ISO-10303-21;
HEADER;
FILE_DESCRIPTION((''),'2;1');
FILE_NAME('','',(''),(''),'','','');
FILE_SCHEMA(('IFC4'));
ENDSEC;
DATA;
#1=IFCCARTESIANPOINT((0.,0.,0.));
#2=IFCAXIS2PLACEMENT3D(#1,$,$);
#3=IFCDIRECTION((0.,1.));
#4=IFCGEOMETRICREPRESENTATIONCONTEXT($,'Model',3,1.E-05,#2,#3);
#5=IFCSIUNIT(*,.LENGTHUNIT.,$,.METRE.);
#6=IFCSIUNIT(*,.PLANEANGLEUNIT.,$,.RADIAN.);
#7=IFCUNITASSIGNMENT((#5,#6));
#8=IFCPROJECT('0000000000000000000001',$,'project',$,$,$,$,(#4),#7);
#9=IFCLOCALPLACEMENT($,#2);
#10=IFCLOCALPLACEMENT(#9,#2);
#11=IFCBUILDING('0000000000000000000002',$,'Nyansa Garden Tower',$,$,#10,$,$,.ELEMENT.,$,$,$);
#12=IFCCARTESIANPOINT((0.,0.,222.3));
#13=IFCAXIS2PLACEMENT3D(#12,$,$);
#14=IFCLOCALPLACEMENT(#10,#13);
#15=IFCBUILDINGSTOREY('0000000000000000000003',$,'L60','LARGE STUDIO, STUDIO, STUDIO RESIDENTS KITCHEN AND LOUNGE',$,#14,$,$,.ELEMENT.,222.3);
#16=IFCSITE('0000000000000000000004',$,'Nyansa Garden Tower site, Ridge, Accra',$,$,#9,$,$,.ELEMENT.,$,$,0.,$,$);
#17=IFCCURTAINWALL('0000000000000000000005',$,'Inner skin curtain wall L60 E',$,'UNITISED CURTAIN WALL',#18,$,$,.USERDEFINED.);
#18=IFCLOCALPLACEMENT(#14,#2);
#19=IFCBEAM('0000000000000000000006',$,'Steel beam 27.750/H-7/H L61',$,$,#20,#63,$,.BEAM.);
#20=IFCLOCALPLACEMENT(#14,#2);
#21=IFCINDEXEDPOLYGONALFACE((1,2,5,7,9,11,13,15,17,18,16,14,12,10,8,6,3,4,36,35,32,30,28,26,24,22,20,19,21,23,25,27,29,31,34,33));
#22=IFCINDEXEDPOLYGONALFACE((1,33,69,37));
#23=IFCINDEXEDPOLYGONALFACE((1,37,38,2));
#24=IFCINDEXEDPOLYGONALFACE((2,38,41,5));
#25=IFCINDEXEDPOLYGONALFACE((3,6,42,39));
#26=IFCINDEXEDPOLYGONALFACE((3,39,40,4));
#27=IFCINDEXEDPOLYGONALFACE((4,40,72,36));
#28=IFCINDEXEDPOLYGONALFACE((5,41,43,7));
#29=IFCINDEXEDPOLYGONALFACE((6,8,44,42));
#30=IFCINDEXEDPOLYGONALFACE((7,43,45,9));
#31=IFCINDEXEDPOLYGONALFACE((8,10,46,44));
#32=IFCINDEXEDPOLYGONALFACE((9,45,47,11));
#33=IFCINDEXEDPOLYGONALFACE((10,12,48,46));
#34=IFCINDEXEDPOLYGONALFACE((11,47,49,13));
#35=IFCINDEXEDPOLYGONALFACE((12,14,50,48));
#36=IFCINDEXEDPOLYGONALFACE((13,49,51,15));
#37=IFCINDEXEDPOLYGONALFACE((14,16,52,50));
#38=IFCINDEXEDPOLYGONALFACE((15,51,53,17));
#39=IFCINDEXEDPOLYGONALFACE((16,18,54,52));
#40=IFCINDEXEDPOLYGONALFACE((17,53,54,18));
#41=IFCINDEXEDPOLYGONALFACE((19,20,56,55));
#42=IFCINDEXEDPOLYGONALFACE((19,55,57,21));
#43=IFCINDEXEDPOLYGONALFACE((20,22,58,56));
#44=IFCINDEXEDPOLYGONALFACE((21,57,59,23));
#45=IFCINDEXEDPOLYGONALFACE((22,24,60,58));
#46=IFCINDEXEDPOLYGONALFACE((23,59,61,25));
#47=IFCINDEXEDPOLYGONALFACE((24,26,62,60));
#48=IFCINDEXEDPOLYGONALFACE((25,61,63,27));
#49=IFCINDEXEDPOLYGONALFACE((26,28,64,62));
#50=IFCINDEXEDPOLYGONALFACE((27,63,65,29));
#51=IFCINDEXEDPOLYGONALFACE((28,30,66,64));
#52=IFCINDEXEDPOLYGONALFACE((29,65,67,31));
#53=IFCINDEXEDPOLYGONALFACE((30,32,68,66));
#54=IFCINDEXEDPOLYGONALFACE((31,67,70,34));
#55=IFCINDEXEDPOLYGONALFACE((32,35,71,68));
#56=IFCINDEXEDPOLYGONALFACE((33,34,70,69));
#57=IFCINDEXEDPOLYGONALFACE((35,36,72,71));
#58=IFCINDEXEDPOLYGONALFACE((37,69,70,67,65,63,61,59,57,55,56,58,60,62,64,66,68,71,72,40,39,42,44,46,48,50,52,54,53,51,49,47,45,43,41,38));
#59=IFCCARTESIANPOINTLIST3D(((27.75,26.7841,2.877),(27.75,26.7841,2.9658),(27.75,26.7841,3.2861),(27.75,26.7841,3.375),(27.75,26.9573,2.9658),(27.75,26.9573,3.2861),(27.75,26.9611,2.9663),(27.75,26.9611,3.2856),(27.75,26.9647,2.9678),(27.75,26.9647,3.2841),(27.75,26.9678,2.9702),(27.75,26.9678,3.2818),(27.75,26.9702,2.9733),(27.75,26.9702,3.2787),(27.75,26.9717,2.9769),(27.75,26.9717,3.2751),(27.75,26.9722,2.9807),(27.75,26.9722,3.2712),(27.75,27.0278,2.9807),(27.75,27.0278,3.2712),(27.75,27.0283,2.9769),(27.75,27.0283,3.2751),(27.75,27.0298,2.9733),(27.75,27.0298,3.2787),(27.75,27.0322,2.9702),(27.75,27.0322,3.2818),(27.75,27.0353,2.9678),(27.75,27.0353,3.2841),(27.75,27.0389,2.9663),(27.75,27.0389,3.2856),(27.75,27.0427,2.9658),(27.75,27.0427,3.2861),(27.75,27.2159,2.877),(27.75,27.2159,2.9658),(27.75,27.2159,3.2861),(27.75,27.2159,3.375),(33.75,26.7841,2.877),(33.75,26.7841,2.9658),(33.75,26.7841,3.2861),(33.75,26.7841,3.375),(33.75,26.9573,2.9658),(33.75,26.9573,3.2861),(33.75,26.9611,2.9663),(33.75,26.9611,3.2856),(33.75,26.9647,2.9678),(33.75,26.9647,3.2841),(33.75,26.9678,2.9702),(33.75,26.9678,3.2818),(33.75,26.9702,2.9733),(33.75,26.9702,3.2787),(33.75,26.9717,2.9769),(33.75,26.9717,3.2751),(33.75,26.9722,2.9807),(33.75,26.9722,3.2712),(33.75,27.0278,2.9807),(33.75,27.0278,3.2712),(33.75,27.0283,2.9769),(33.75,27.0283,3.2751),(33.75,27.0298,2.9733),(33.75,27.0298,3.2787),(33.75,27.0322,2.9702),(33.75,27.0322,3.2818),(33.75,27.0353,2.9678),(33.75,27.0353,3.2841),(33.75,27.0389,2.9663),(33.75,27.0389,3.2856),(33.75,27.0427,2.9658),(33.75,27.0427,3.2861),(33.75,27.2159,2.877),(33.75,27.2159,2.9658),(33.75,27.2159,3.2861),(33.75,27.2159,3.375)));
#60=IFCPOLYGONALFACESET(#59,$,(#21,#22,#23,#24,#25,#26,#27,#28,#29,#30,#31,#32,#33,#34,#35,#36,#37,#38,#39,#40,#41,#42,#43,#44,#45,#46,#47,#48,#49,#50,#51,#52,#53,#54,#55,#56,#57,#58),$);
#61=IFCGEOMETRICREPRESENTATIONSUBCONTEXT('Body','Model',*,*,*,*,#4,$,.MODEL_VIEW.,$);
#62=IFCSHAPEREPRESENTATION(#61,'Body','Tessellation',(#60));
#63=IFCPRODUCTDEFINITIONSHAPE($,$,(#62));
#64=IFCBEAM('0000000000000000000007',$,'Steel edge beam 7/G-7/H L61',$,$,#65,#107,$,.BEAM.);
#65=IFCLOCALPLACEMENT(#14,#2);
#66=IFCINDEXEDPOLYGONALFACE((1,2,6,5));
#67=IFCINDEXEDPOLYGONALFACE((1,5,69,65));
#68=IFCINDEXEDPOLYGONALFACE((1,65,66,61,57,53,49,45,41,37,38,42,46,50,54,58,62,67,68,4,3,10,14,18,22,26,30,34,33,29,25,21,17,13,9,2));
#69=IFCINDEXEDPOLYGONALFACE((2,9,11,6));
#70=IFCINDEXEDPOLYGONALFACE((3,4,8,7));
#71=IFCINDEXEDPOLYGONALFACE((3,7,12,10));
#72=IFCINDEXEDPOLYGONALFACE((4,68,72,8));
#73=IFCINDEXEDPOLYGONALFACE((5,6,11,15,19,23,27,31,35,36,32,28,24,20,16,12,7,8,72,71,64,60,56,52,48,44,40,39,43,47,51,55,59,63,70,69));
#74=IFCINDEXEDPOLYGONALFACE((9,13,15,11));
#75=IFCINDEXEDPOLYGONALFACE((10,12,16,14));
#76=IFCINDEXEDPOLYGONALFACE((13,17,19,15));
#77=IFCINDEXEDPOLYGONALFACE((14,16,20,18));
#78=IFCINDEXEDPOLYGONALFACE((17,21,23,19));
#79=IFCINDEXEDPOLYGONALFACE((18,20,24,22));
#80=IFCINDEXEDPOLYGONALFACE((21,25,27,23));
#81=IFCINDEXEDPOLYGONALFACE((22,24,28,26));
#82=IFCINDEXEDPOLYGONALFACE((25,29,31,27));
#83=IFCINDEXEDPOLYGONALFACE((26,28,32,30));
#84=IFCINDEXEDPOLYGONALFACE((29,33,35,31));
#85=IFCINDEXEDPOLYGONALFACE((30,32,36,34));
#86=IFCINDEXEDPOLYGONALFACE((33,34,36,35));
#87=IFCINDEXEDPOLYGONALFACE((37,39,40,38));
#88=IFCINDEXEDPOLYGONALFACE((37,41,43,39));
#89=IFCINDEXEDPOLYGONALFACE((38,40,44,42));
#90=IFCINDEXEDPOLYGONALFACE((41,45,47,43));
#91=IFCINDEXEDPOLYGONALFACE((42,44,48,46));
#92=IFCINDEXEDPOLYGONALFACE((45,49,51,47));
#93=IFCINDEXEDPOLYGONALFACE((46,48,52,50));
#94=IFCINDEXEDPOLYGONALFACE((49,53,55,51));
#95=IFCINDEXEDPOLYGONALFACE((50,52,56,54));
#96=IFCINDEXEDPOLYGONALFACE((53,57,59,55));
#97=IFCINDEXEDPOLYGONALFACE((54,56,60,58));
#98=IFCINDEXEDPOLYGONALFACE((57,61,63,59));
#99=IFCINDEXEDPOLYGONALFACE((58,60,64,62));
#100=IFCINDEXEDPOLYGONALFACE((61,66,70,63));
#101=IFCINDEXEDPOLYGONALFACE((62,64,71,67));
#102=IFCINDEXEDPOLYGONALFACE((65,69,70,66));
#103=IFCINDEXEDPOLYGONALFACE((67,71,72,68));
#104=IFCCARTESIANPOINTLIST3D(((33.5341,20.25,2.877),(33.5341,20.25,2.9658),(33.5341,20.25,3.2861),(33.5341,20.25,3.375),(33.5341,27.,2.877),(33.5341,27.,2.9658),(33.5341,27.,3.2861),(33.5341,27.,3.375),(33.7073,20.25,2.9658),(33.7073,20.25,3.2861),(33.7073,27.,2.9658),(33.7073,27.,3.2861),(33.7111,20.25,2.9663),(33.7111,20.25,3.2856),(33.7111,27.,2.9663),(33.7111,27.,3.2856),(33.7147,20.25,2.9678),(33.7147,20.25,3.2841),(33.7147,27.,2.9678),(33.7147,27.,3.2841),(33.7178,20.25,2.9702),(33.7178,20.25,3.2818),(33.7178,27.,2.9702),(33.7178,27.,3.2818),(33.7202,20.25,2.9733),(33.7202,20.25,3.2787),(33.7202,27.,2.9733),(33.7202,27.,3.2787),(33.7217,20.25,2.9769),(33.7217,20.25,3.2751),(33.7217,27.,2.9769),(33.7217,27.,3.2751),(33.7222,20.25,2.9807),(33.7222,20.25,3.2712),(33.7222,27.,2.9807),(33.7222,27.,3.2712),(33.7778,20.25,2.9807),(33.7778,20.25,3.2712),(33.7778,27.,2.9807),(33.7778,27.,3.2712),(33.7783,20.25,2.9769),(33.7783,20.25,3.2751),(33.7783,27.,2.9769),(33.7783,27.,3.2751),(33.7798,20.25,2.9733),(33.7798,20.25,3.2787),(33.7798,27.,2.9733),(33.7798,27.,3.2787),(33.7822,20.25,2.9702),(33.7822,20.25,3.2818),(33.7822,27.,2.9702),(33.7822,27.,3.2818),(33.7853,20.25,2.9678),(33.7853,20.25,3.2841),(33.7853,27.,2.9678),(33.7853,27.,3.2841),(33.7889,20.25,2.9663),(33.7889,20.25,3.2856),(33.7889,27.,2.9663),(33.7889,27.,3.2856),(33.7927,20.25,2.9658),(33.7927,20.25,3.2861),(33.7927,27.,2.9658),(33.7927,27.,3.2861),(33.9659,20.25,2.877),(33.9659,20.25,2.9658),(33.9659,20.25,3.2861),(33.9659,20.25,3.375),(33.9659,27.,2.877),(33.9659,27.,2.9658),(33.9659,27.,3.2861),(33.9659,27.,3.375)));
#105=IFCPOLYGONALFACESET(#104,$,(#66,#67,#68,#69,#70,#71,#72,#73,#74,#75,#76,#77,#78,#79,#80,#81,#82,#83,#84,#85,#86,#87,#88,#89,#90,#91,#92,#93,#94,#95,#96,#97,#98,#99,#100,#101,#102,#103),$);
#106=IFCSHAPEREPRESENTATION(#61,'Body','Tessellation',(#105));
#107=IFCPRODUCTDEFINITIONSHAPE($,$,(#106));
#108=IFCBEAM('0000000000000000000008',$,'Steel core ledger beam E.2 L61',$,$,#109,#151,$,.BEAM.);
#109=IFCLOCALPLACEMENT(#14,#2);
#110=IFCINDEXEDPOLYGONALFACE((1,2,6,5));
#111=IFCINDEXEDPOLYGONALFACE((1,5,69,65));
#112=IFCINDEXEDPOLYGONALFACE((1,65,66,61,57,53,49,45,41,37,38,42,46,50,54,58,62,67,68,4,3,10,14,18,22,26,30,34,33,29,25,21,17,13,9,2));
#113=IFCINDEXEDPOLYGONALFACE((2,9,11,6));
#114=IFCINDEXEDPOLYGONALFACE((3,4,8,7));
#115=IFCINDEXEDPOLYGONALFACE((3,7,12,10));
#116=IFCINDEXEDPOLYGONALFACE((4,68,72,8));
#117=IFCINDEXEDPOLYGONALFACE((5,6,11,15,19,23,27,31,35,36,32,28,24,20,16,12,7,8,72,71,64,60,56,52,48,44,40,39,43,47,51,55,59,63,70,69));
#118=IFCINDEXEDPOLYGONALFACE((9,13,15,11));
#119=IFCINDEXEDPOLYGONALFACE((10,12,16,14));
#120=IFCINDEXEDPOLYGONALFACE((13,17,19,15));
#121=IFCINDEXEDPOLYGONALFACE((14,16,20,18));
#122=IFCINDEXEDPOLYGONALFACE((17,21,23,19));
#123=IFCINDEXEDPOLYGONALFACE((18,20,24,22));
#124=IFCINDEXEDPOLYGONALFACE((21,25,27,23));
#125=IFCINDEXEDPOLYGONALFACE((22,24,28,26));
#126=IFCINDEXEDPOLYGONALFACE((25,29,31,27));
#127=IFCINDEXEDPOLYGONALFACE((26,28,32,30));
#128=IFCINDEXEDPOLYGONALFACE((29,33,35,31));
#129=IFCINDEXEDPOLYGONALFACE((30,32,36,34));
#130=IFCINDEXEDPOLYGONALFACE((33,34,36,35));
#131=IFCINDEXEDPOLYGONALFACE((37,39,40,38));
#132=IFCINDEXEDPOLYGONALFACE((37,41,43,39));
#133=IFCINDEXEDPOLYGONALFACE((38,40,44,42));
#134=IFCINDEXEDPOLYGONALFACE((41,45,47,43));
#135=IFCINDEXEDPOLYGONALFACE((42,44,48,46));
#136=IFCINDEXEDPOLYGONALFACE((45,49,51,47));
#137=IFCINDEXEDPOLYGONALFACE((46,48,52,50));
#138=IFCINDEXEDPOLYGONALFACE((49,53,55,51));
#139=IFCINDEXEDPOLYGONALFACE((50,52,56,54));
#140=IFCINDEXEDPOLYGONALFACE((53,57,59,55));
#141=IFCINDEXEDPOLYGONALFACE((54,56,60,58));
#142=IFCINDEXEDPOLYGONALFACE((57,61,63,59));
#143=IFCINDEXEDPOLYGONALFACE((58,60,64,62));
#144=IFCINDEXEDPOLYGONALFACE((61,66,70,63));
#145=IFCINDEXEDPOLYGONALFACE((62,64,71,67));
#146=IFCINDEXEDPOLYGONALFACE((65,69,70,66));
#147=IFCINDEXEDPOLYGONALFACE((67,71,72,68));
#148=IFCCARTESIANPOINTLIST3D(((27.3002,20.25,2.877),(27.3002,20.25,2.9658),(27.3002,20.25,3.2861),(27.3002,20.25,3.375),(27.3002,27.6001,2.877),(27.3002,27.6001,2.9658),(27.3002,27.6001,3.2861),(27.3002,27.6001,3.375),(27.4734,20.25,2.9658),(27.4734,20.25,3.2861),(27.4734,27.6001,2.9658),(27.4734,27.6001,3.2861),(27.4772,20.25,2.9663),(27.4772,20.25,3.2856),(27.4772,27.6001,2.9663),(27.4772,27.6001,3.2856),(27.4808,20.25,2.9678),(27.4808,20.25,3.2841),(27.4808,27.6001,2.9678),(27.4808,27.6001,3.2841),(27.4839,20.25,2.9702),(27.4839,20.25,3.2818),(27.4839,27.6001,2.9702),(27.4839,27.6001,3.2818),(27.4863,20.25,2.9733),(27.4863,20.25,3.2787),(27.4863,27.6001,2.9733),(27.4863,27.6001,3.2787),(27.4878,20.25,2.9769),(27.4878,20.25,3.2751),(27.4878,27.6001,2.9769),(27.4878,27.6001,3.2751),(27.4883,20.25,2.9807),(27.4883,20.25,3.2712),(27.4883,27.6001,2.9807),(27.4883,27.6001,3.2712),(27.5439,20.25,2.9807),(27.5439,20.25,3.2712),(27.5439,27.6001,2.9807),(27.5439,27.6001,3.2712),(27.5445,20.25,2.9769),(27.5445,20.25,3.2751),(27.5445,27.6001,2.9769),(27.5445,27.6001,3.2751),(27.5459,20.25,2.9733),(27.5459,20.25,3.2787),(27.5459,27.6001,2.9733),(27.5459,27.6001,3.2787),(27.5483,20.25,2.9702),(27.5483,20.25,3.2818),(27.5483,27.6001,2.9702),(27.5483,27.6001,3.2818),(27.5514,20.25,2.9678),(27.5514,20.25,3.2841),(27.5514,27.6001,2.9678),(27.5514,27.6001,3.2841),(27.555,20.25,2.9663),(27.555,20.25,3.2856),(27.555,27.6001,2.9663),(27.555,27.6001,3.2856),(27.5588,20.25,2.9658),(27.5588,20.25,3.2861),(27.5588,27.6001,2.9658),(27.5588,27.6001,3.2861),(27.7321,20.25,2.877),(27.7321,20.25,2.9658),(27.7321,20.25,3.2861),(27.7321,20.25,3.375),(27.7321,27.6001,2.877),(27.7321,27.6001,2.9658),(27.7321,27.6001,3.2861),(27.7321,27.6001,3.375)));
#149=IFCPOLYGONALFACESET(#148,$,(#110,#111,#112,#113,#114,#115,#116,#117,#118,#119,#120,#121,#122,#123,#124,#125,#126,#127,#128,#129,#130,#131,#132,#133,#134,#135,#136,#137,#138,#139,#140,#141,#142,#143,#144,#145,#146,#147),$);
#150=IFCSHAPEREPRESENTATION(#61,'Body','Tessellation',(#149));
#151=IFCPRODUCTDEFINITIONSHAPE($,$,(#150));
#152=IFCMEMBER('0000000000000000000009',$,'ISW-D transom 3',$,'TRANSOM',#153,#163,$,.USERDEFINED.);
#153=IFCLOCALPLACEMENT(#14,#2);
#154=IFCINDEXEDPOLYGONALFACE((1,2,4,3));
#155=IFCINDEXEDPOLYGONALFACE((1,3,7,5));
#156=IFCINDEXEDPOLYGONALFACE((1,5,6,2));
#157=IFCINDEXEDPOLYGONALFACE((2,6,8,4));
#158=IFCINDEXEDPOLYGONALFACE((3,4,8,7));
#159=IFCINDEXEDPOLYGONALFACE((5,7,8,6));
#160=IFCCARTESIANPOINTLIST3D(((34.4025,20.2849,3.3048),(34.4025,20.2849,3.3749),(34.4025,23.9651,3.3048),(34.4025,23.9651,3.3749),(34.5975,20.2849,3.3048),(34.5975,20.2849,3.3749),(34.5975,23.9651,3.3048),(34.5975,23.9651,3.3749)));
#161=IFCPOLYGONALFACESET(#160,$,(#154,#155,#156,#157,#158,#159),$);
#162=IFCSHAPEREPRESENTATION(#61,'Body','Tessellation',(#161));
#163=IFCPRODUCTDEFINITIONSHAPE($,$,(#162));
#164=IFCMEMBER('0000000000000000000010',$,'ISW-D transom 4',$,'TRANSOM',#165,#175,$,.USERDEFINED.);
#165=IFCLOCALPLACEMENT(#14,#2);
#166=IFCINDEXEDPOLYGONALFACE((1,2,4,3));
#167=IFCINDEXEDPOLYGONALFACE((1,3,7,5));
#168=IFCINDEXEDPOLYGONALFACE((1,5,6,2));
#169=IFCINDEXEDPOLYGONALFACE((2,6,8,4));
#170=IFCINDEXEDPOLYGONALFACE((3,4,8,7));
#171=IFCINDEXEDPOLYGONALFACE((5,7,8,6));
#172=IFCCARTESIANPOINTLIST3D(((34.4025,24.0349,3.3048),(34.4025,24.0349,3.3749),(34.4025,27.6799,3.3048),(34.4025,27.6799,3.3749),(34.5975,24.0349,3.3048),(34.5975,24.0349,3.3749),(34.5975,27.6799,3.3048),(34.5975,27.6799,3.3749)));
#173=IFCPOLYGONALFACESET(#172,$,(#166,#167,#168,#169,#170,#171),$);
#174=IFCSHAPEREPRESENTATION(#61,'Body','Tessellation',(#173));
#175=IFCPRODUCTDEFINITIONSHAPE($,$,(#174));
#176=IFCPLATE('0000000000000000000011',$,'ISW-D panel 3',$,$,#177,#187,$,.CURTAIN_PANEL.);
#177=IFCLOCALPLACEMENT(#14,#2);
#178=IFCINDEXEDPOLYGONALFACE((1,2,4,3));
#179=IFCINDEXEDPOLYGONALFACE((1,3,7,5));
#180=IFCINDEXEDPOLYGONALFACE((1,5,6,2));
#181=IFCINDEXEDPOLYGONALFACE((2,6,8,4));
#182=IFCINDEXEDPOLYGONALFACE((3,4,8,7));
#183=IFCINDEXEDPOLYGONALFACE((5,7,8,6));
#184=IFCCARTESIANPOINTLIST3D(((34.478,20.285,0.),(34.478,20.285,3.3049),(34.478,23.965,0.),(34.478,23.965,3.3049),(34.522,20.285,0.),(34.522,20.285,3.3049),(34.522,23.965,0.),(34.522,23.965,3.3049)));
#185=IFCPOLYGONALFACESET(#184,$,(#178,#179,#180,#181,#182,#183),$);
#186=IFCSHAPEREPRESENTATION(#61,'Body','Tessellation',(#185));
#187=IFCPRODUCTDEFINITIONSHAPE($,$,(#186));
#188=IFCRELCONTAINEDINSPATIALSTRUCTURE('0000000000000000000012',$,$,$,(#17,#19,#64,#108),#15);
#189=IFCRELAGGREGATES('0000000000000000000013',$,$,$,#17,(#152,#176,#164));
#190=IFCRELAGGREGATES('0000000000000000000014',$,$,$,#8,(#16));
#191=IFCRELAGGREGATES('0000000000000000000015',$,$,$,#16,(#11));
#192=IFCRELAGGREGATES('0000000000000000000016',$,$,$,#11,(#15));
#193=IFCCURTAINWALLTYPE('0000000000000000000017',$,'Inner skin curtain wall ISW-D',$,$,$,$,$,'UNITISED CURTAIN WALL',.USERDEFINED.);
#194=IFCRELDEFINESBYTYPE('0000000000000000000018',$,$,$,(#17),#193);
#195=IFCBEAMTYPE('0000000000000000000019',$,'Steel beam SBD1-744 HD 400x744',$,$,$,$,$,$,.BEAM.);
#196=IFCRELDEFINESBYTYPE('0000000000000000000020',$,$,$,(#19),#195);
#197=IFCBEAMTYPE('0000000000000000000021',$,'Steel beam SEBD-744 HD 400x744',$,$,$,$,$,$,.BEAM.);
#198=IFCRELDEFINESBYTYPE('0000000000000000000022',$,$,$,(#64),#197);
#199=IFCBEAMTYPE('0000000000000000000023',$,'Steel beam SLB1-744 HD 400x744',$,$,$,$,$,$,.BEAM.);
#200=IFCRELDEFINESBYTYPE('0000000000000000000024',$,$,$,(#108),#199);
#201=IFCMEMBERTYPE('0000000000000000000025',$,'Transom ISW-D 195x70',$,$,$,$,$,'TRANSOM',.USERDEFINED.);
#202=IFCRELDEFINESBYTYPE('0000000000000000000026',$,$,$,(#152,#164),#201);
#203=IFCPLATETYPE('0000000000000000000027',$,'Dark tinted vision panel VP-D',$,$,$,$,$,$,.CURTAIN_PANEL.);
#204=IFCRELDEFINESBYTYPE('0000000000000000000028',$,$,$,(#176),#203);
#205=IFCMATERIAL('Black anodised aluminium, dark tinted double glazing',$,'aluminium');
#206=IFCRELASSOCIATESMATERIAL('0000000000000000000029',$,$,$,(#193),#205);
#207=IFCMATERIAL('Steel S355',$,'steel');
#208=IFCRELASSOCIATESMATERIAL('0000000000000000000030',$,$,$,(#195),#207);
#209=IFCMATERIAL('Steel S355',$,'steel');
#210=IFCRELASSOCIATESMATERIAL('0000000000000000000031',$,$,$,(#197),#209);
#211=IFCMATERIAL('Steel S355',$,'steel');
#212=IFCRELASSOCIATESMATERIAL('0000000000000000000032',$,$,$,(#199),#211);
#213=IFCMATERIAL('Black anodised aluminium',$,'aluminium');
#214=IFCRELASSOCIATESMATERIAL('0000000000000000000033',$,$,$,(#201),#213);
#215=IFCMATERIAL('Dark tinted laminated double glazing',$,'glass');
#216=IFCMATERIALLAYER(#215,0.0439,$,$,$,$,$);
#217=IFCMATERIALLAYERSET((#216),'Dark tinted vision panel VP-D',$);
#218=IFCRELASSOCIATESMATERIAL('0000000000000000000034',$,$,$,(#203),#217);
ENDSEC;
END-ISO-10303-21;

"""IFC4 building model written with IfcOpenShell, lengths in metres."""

from ifc_helpers import new_model, si_unit, direction, frame, origin, origin_2d, place, context, subcontext, project, spatial, rectangle, i_section, extrude, material, layer, layer_set, material_profile, profile_set, type_object, element, aggregate, save


model = new_model("IFC4")

# Units and contexts
model_context = context("Model", 3, precision=1e-05, world=origin(), true_north=direction((0.0, 1.0)))
body_context = subcontext(model_context, "Body", "Model", "MODEL_VIEW")
ifc_project = project(units=[si_unit("LENGTHUNIT", "METRE"), si_unit("PLANEANGLEUNIT", "RADIAN")], contexts=[model_context])

# Site, building, storey
site_placement = place(None, origin())
site = spatial("IfcSite", under=ifc_project, at=site_placement, Name="Nyansa Garden Tower site, Ridge, Accra", CompositionType="ELEMENT", RefElevation=0.0)
building_placement = place(site_placement, origin())
building = spatial("IfcBuilding", under=site, at=building_placement, Name="Nyansa Garden Tower", CompositionType="ELEMENT")
storey_placement = place(building_placement, frame((0.0, 0.0, 222.3)))
storey = spatial("IfcBuildingStorey", under=building, at=storey_placement, Name="L60", Description="LARGE STUDIO, STUDIO, STUDIO RESIDENTS KITCHEN AND LOUNGE", CompositionType="ELEMENT", Elevation=222.3)

# Curtain wall
ifc_material_1 = material(Name="Black anodised aluminium, dark tinted double glazing", Category="aluminium")
curtain_wall_type = type_object("IfcCurtainWallType", Name="Inner skin curtain wall ISW-D", ElementType="UNITISED CURTAIN WALL", PredefinedType="USERDEFINED", material=ifc_material_1)
curtain_wall_placement = place(storey_placement, origin())
curtain_wall = element("IfcCurtainWall", 1, at=curtain_wall_placement, inside=storey, type_object=curtain_wall_type, Name="Inner skin curtain wall L60 E", ObjectType="UNITISED CURTAIN WALL", PredefinedType="USERDEFINED")

# Beams
ifc_material_2 = material(Name="Steel S355", Category="steel")
ifc_material_profile_1 = material_profile(ifc_material_2, i_section(OverallWidth=0.4319, OverallDepth=0.498, WebThickness=0.0557, FlangeThickness=0.0889, FilletRadius=0.0149, at=origin_2d()), Name="HD 400x744")
ifc_profile_set_1 = profile_set([ifc_material_profile_1], Name="Steel S355")
beam_type_1 = type_object("IfcBeamType", Name="Steel beam SBD1-744 HD 400x744", PredefinedType="BEAM", material=ifc_profile_set_1)
for number, where, z_axis, x_axis, name in (
    (2, (27.75, 27.0, 3.126), (1.0, 0.0, 0.0), (0.0, 1.0, 0.0), "Steel beam 27.750/H-7/H L61"),
):
    element("IfcBeam", number, at=place(storey_placement, frame(where, z_axis=z_axis, x_axis=x_axis)), inside=storey, type_object=beam_type_1, Name=name, PredefinedType="BEAM", context=body_context, shape_type="SweptSolid", body=[
        extrude(i_section(OverallWidth=0.4319, OverallDepth=0.498, WebThickness=0.0557, FlangeThickness=0.0889, FilletRadius=0.0149, at=origin_2d()), origin(), (0.0, 0.0, 1.0), 6.0),
    ])
ifc_material_3 = material(Name="Steel S355", Category="steel")
ifc_material_profile_2 = material_profile(ifc_material_3, i_section(OverallWidth=0.4319, OverallDepth=0.498, WebThickness=0.0557, FlangeThickness=0.0889, FilletRadius=0.0149, at=origin_2d()), Name="HD 400x744")
ifc_profile_set_2 = profile_set([ifc_material_profile_2], Name="Steel S355")
beam_type_2 = type_object("IfcBeamType", Name="Steel beam SEBD-744 HD 400x744", PredefinedType="BEAM", material=ifc_profile_set_2)
beam_1_placement = place(storey_placement, frame((33.75, 20.25, 3.126), z_axis=(0.0, 1.0, 0.0), x_axis=(-1.0, 0.0, 0.0)))
element("IfcBeam", 3, at=beam_1_placement, inside=storey, type_object=beam_type_2, Name="Steel edge beam 7/G-7/H L61", PredefinedType="BEAM", context=body_context, shape_type="SweptSolid", body=[
    extrude(i_section(OverallWidth=0.4319, OverallDepth=0.498, WebThickness=0.0557, FlangeThickness=0.0889, FilletRadius=0.0149, at=origin_2d()), origin(), (0.0, 0.0, 1.0), 6.75),
])
ifc_material_4 = material(Name="Steel S355", Category="steel")
ifc_material_profile_3 = material_profile(ifc_material_4, i_section(OverallWidth=0.4319, OverallDepth=0.498, WebThickness=0.0557, FlangeThickness=0.0889, FilletRadius=0.0149, at=origin_2d()), Name="HD 400x744")
ifc_profile_set_3 = profile_set([ifc_material_profile_3], Name="Steel S355")
beam_type_3 = type_object("IfcBeamType", Name="Steel beam SLB1-744 HD 400x744", PredefinedType="BEAM", material=ifc_profile_set_3)
beam_2_placement = place(storey_placement, frame((27.5161, 20.25, 3.126), z_axis=(0.0, 1.0, 0.0), x_axis=(-1.0, 0.0, 0.0)))
element("IfcBeam", 4, at=beam_2_placement, inside=storey, type_object=beam_type_3, Name="Steel core ledger beam E.2 L61", PredefinedType="BEAM", context=body_context, shape_type="SweptSolid", body=[
    extrude(i_section(OverallWidth=0.4319, OverallDepth=0.498, WebThickness=0.0557, FlangeThickness=0.0889, FilletRadius=0.0149, at=origin_2d()), origin(), (0.0, 0.0, 1.0), 7.3501),
])

# Members
ifc_material_5 = material(Name="Black anodised aluminium", Category="aluminium")
ifc_material_profile_4 = material_profile(ifc_material_5, rectangle(XDim=0.1951, YDim=0.0701, at=origin_2d()), Name="Transom 195x70")
ifc_profile_set_4 = profile_set([ifc_material_profile_4], Name="Black anodised aluminium")
member_type_1 = type_object("IfcMemberType", Name="Transom ISW-D 195x70", ElementType="TRANSOM", PredefinedType="USERDEFINED", material=ifc_profile_set_4)
member_1_placement = place(storey_placement, frame((34.5, 20.2849, 3.3398), z_axis=(0.0, 1.0, 0.0), x_axis=(-1.0, 0.0, 0.0)))
member_1 = element("IfcMember", 5, at=member_1_placement, type_object=member_type_1, Name="ISW-D transom 3", ObjectType="TRANSOM", PredefinedType="USERDEFINED", context=body_context, shape_type="SweptSolid", body=[
    extrude(rectangle(XDim=0.1951, YDim=0.0701, at=origin_2d()), origin(), (0.0, 0.0, 1.0), 3.6802),
])
member_2_placement = place(storey_placement, frame((34.5, 24.0349, 3.3398), z_axis=(0.0, 1.0, 0.0), x_axis=(-1.0, 0.0, 0.0)))
member_2 = element("IfcMember", 6, at=member_2_placement, type_object=member_type_1, Name="ISW-D transom 4", ObjectType="TRANSOM", PredefinedType="USERDEFINED", context=body_context, shape_type="SweptSolid", body=[
    extrude(rectangle(XDim=0.1951, YDim=0.0701, at=origin_2d()), origin(), (0.0, 0.0, 1.0), 3.645),
])

# Plate
ifc_material_6 = material(Name="Dark tinted laminated double glazing", Category="glass")
ifc_layer_1 = layer(ifc_material_6, 0.0439)
ifc_layer_set_1 = layer_set([ifc_layer_1], Name="Dark tinted vision panel VP-D")
plate_type = type_object("IfcPlateType", Name="Dark tinted vision panel VP-D", PredefinedType="CURTAIN_PANEL", material=ifc_layer_set_1)
plate_1_placement = place(storey_placement, frame((34.5, 22.125, 0.0), z_axis=(0.0, 0.0, 1.0), x_axis=(0.0, 1.0, 0.0)))
plate_1 = element("IfcPlate", 7, at=plate_1_placement, type_object=plate_type, Name="ISW-D panel 3", PredefinedType="CURTAIN_PANEL", context=body_context, shape_type="SweptSolid", body=[
    extrude(rectangle(XDim=3.6799, YDim=0.0439, at=origin_2d()), origin(), (0.0, 0.0, 1.0), 3.3049),
])
aggregate(curtain_wall, [member_1, plate_1, member_2])

save(model, "model.ifc")
